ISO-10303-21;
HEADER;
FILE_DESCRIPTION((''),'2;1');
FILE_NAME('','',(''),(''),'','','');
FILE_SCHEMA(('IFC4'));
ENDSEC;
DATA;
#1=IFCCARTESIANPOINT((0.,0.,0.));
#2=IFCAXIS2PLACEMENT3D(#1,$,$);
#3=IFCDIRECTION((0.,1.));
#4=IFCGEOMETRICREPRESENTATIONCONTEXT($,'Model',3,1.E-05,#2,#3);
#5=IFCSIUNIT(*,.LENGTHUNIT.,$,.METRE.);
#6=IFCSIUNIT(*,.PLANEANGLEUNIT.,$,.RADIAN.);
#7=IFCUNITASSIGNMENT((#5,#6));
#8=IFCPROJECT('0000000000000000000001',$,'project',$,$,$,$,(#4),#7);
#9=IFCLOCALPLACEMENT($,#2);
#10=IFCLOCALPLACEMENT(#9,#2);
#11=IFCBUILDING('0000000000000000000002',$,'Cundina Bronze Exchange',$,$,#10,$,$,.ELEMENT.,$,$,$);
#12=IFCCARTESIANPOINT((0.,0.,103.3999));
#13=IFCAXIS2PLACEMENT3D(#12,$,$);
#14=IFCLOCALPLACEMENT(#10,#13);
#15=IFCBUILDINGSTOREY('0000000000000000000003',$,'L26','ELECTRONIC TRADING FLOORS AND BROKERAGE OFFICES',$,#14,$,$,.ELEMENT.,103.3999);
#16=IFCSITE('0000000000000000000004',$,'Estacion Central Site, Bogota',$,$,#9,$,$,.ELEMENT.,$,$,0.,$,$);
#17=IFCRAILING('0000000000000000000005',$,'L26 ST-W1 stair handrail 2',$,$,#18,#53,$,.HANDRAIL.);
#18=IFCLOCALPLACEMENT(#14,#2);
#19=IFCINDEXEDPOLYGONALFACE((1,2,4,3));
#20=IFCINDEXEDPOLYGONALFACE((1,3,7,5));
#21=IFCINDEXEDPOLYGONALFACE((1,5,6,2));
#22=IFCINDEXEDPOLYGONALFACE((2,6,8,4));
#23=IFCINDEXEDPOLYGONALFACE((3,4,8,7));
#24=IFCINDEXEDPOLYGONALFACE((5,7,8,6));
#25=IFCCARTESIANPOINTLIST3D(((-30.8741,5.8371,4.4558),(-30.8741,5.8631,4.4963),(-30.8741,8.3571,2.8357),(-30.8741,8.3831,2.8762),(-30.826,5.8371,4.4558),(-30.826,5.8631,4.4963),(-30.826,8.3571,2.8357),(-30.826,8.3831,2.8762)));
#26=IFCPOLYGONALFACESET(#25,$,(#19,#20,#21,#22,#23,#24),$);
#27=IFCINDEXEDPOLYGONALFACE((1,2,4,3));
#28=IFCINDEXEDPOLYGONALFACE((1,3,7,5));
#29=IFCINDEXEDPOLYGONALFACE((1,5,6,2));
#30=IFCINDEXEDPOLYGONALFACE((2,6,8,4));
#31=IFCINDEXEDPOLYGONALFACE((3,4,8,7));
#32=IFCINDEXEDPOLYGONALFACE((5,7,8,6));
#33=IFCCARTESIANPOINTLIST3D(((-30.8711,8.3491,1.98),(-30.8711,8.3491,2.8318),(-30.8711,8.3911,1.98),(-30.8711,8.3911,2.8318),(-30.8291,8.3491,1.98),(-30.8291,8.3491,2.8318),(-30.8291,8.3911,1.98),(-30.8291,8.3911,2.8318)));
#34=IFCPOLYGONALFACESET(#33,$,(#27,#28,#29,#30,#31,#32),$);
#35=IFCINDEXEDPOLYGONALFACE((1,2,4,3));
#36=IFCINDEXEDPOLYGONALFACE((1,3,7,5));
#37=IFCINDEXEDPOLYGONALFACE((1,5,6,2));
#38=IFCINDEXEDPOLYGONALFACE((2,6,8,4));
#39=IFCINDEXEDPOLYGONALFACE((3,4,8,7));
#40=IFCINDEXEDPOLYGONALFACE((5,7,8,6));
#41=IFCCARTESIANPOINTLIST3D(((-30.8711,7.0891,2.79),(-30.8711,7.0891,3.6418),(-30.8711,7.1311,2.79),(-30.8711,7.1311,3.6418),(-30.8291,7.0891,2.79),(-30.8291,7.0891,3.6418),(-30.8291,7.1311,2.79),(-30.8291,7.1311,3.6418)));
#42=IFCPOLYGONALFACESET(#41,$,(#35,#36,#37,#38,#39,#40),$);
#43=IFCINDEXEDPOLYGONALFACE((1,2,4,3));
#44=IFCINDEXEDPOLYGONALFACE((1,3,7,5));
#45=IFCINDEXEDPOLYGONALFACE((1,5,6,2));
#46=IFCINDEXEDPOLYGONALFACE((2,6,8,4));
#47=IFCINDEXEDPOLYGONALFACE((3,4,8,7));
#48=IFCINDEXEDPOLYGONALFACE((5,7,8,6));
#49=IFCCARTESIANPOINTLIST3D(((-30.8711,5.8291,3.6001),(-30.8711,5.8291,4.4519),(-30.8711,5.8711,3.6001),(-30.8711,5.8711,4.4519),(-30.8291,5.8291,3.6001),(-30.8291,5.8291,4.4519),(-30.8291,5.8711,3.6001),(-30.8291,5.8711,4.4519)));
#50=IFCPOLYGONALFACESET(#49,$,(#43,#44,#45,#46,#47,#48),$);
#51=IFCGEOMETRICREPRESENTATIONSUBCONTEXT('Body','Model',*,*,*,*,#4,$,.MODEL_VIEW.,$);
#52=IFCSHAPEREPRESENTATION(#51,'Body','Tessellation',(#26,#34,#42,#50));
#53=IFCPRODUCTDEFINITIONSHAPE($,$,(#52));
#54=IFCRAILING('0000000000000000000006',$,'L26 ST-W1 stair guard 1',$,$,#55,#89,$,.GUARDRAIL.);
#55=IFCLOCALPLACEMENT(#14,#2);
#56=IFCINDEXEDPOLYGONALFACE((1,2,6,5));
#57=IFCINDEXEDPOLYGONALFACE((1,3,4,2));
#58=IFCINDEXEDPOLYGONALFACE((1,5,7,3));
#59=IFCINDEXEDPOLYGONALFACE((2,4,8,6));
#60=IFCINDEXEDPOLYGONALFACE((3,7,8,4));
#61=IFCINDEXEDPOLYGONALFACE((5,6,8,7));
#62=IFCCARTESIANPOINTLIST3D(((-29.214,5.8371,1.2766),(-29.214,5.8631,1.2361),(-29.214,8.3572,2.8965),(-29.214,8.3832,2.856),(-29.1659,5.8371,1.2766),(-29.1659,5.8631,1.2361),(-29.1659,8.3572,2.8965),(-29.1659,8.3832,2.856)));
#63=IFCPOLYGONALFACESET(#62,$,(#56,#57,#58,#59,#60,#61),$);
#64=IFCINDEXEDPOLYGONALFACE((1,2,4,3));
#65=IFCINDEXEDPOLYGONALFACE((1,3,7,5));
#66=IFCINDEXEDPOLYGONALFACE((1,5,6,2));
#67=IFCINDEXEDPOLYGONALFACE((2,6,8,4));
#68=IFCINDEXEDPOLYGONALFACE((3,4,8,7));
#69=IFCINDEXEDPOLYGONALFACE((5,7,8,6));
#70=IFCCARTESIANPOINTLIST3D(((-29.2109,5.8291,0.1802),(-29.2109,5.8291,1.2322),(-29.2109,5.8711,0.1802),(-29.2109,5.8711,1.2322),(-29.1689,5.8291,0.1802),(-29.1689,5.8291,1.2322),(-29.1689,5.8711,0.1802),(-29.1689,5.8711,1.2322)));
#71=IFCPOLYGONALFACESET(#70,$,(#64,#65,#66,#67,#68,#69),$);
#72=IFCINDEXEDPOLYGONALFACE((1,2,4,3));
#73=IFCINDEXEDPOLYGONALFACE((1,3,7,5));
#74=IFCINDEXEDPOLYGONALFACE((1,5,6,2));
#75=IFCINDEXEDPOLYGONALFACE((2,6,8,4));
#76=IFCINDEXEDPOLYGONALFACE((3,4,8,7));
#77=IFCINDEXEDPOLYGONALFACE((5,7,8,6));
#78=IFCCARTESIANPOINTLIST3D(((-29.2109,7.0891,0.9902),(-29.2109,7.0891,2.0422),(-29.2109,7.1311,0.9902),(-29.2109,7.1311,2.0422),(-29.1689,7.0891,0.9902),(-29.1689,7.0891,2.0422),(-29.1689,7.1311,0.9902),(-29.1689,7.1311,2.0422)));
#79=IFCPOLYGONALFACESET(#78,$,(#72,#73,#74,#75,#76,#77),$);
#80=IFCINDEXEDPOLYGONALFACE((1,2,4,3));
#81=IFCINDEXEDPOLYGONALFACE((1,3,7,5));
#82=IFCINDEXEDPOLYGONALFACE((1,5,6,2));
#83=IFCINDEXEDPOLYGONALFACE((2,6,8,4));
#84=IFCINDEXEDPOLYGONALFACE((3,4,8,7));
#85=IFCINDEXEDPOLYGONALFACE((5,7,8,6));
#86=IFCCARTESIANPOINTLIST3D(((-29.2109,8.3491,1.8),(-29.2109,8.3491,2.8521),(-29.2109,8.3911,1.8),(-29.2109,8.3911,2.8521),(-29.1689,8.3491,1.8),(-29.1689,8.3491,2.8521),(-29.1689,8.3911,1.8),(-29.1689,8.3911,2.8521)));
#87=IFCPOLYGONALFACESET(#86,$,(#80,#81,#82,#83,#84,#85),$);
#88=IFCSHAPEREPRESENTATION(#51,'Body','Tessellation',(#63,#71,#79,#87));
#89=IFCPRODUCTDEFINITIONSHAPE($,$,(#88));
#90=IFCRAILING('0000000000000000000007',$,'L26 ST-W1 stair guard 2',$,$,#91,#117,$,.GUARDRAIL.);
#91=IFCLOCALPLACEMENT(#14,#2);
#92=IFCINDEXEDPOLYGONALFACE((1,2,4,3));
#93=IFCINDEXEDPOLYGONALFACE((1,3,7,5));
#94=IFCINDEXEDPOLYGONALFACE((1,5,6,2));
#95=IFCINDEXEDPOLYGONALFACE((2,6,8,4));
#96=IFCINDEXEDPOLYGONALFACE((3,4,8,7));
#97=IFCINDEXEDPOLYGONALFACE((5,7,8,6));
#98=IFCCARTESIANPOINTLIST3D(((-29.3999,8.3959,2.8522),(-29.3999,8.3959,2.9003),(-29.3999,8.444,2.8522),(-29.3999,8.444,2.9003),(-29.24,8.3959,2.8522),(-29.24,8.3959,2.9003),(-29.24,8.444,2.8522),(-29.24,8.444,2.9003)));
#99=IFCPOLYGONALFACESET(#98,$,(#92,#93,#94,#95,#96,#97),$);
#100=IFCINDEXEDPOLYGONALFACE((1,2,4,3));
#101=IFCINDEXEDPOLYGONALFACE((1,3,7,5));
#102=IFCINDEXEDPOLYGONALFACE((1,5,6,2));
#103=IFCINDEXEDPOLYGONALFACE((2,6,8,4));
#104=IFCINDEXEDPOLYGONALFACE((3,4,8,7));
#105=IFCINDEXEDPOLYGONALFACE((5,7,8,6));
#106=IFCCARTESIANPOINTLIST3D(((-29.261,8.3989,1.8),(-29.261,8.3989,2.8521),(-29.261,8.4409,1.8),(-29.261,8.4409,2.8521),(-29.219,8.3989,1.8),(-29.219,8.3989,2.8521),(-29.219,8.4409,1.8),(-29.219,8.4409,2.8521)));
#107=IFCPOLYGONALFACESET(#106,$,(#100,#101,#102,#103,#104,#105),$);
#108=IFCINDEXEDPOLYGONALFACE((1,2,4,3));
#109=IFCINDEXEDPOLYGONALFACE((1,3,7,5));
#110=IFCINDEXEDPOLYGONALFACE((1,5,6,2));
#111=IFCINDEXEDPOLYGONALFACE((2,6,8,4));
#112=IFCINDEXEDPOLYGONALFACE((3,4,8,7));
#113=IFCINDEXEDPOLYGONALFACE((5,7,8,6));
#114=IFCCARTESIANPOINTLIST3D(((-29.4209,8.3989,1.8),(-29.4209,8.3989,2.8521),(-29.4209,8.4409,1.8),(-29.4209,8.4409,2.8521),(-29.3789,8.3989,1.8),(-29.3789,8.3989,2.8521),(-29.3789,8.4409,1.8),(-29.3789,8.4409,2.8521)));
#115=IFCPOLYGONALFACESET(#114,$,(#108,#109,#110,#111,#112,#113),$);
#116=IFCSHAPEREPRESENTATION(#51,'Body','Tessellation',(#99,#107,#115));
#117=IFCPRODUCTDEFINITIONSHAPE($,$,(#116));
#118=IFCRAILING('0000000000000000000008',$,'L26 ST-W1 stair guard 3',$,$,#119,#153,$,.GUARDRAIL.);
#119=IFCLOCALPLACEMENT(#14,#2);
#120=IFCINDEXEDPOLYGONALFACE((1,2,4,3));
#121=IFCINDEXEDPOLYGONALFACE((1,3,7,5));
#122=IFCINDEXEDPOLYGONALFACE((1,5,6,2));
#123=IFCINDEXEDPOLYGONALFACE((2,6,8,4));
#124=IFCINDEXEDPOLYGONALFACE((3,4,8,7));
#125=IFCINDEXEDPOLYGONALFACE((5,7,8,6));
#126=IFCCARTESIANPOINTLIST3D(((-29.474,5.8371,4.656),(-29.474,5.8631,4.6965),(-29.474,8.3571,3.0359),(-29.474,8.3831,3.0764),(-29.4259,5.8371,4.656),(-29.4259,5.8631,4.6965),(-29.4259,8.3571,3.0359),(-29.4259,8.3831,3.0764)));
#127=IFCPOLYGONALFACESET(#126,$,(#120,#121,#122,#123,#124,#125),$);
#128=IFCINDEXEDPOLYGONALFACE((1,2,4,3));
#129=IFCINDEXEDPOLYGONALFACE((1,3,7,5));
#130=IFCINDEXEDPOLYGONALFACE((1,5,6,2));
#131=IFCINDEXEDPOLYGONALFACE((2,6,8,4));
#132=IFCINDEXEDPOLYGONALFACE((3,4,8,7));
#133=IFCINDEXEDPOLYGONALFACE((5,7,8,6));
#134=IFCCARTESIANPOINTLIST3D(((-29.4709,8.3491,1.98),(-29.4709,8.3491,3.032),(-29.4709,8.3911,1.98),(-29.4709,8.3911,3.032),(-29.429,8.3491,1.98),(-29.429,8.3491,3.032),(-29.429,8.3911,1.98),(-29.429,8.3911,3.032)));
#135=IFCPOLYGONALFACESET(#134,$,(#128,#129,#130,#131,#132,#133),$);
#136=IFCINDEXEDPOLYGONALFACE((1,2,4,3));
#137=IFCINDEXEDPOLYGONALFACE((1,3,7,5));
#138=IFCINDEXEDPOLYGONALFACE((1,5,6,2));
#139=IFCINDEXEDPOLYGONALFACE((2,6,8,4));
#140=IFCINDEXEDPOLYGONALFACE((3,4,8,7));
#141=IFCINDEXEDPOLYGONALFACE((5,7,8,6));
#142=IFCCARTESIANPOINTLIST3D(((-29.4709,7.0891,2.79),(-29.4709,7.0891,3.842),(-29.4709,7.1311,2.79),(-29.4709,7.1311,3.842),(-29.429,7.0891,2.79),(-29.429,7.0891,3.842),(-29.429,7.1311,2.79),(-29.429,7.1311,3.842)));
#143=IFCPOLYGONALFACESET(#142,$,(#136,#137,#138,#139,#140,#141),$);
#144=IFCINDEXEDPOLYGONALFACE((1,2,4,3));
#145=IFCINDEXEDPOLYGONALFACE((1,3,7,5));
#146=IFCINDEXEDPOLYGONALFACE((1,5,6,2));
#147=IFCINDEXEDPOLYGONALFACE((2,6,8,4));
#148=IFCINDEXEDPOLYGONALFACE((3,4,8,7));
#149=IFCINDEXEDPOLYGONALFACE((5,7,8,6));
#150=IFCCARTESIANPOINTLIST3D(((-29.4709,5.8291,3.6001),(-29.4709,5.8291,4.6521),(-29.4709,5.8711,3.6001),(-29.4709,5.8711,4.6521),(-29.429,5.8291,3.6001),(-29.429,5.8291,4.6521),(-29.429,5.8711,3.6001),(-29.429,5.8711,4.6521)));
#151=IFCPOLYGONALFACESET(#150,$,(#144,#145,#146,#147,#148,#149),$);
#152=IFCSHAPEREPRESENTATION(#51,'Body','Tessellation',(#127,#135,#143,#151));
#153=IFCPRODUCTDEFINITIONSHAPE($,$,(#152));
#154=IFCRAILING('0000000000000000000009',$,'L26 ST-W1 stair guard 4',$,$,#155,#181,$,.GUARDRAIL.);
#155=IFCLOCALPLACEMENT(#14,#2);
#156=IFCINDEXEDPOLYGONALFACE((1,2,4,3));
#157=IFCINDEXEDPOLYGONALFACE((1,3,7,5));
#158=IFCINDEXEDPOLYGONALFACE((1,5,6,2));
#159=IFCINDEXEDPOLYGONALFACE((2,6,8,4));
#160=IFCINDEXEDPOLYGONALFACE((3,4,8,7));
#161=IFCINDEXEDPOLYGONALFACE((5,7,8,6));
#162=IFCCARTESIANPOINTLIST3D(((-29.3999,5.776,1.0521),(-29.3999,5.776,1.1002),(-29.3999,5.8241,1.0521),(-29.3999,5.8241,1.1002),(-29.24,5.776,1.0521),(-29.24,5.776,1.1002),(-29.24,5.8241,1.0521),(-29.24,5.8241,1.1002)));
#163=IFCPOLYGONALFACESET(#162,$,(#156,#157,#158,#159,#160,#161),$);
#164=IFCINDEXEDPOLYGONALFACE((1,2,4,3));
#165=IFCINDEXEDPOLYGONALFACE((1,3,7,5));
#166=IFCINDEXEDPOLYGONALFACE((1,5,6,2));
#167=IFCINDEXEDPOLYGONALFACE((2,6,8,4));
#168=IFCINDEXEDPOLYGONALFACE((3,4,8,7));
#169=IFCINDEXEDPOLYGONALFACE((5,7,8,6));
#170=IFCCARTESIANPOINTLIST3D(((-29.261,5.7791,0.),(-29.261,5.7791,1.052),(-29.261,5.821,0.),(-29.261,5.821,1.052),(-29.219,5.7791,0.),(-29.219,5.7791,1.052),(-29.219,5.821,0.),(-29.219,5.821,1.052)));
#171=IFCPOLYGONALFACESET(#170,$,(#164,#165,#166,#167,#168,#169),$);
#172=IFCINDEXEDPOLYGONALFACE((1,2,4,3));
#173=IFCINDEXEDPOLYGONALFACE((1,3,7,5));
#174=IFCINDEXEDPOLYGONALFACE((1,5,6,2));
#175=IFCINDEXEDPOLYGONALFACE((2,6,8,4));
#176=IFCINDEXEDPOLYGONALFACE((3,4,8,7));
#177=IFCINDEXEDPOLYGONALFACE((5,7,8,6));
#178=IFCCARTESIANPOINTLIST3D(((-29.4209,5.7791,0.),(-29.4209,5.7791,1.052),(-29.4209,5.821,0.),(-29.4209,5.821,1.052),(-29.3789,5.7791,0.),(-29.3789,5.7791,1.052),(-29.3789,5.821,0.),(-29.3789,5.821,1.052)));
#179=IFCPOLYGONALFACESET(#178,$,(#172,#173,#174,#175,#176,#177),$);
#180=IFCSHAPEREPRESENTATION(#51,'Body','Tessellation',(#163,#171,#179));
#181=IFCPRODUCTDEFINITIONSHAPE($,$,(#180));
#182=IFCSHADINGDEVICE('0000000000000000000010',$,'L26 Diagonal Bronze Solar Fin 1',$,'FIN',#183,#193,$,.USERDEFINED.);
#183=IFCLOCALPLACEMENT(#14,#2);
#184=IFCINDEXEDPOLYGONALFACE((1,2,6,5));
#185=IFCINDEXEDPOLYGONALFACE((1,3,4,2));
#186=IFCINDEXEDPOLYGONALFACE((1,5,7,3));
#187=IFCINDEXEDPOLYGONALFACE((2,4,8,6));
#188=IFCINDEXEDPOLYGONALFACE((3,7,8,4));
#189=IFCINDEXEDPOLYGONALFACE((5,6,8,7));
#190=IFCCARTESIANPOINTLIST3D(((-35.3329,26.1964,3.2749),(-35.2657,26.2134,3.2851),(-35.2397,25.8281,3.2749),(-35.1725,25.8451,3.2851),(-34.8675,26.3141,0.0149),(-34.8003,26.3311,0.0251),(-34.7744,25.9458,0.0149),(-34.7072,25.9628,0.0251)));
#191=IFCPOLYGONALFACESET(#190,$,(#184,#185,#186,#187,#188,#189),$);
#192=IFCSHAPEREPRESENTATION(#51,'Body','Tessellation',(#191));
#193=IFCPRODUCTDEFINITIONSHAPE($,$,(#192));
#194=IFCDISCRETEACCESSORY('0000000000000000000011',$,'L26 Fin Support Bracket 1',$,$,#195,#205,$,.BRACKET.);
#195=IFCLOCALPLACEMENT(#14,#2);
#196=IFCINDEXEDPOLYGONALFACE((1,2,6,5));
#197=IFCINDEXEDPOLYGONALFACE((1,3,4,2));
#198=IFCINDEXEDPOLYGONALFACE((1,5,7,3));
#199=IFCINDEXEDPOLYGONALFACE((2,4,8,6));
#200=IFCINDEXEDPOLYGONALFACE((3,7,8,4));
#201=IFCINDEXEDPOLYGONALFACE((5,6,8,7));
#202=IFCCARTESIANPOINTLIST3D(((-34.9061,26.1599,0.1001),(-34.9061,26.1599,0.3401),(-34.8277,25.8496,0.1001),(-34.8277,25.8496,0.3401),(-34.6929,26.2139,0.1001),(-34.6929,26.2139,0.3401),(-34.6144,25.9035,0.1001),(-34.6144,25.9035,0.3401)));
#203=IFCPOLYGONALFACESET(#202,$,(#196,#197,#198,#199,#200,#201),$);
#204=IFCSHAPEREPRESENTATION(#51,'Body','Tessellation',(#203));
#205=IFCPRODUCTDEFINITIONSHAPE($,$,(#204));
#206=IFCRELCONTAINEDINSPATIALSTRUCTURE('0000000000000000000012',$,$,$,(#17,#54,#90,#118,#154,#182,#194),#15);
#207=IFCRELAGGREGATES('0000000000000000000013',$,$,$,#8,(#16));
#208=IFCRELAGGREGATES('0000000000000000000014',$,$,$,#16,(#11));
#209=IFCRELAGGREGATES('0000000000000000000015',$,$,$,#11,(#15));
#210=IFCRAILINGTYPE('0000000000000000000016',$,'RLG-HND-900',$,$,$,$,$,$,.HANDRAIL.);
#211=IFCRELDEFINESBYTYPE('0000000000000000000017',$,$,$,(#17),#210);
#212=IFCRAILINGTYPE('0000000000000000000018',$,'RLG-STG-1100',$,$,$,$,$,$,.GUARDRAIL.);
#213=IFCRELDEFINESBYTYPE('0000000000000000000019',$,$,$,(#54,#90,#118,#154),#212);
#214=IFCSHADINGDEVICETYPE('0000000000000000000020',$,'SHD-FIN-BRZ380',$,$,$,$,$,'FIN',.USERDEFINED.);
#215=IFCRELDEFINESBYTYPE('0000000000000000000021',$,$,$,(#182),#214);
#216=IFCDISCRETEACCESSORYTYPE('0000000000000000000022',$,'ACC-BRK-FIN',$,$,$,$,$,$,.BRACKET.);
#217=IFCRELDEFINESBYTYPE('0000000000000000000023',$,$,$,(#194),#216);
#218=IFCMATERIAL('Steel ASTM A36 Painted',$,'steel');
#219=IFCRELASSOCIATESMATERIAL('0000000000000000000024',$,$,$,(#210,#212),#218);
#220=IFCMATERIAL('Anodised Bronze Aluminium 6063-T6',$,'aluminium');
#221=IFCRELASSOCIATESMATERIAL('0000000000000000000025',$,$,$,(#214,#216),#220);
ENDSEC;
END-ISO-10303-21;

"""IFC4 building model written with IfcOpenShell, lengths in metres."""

from ifc_helpers import new_model, si_unit, direction, frame, origin, origin_2d, place, context, subcontext, project, spatial, rectangle, extrude, material, material_profile, profile_set, type_object, element, save


model = new_model("IFC4")

# Units and contexts
model_context = context("Model", 3, precision=1e-05, world=origin(), true_north=direction((0.0, 1.0)))
body_context = subcontext(model_context, "Body", "Model", "MODEL_VIEW")
ifc_project = project(units=[si_unit("LENGTHUNIT", "METRE"), si_unit("PLANEANGLEUNIT", "RADIAN")], contexts=[model_context])

# Site, building, storey
site_placement = place(None, origin())
site = spatial("IfcSite", under=ifc_project, at=site_placement, Name="Estacion Central Site, Bogota", CompositionType="ELEMENT", RefElevation=0.0)
building_placement = place(site_placement, origin())
building = spatial("IfcBuilding", under=site, at=building_placement, Name="Cundina Bronze Exchange", CompositionType="ELEMENT")
storey_placement = place(building_placement, frame((0.0, 0.0, 103.3999)))
storey = spatial("IfcBuildingStorey", under=building, at=storey_placement, Name="L26", Description="ELECTRONIC TRADING FLOORS AND BROKERAGE OFFICES", CompositionType="ELEMENT", Elevation=103.3999)

# Shared definitions
ifc_material_1 = material(Name="Anodised Bronze Aluminium 6063-T6", Category="aluminium")

# Shared definitions
ifc_material_2 = material(Name="Steel ASTM A36 Painted", Category="steel")

# Railings
railing_type_1 = type_object("IfcRailingType", Name="RLG-HND-900", PredefinedType="HANDRAIL", material=ifc_material_2)
railing_1_placement = place(storey_placement, frame((-30.8501, 8.3701, 1.98)))
element("IfcRailing", 1, at=railing_1_placement, inside=storey, type_object=railing_type_1, Name="L26 ST-W1 stair handrail 2", PredefinedType="HANDRAIL", context=body_context, shape_type="SweptSolid", body=[
    extrude(rectangle(XDim=0.0481, YDim=0.0481, at=origin_2d()), frame((0.0, 0.0, 0.876), z_axis=(0.0, -0.841163, 0.540782), x_axis=(1.0, 0.0, 0.0)), (0.0, 0.0, 1.0), 2.9958),
    extrude(rectangle(XDim=0.042, YDim=0.042, at=origin_2d()), origin(), (0.0, 0.0, 1.0), 0.8518),
    extrude(rectangle(XDim=0.042, YDim=0.042, at=origin_2d()), frame((0.0, -1.26, 0.8101)), (0.0, 0.0, 1.0), 0.8518),
    extrude(rectangle(XDim=0.042, YDim=0.042, at=origin_2d()), frame((0.0, -2.52, 1.6201)), (0.0, 0.0, 1.0), 0.8518),
])
railing_type_2 = type_object("IfcRailingType", Name="RLG-STG-1100", PredefinedType="GUARDRAIL", material=ifc_material_2)
railing_2_placement = place(storey_placement, frame((-29.1899, 5.8501, 0.1802)))
element("IfcRailing", 2, at=railing_2_placement, inside=storey, type_object=railing_type_2, Name="L26 ST-W1 stair guard 1", PredefinedType="GUARDRAIL", context=body_context, shape_type="SweptSolid", body=[
    extrude(rectangle(XDim=0.0481, YDim=0.0481, at=origin_2d()), frame((0.0, 0.0, 1.0762), z_axis=(0.0, 0.8412, 0.540725), x_axis=(-1.0, 0.0, 0.0)), (0.0, 0.0, 1.0), 2.9958),
    extrude(rectangle(XDim=0.042, YDim=0.042, at=origin_2d()), origin(), (0.0, 0.0, 1.0), 1.052),
    extrude(rectangle(XDim=0.042, YDim=0.042, at=origin_2d()), frame((0.0, 1.26, 0.8101)), (0.0, 0.0, 1.0), 1.052),
    extrude(rectangle(XDim=0.042, YDim=0.042, at=origin_2d()), frame((0.0, 2.52, 1.6199)), (0.0, 0.0, 1.0), 1.052),
])
railing_3_placement = place(storey_placement, frame((-29.24, 8.4199, 1.8)))
element("IfcRailing", 3, at=railing_3_placement, inside=storey, type_object=railing_type_2, Name="L26 ST-W1 stair guard 2", PredefinedType="GUARDRAIL", context=body_context, shape_type="SweptSolid", body=[
    extrude(rectangle(XDim=0.0481, YDim=0.0481, at=origin_2d()), frame((0.0, 0.0, 1.0762), z_axis=(-1.0, 0.0, 0.0), x_axis=(0.0, -1.0, 0.0)), (0.0, 0.0, 1.0), 0.1599),
    extrude(rectangle(XDim=0.042, YDim=0.042, at=origin_2d()), origin(), (0.0, 0.0, 1.0), 1.052),
    extrude(rectangle(XDim=0.042, YDim=0.042, at=origin_2d()), frame((-0.1599, 0.0, 0.0)), (0.0, 0.0, 1.0), 1.052),
])
railing_4_placement = place(storey_placement, frame((-29.45, 8.3701, 1.98)))
element("IfcRailing", 4, at=railing_4_placement, inside=storey, type_object=railing_type_2, Name="L26 ST-W1 stair guard 3", PredefinedType="GUARDRAIL", context=body_context, shape_type="SweptSolid", body=[
    extrude(rectangle(XDim=0.0481, YDim=0.0481, at=origin_2d()), frame((0.0, 0.0, 1.0762), z_axis=(0.0, -0.841163, 0.540782), x_axis=(1.0, 0.0, 0.0)), (0.0, 0.0, 1.0), 2.9958),
    extrude(rectangle(XDim=0.042, YDim=0.042, at=origin_2d()), origin(), (0.0, 0.0, 1.0), 1.052),
    extrude(rectangle(XDim=0.042, YDim=0.042, at=origin_2d()), frame((0.0, -1.26, 0.8101)), (0.0, 0.0, 1.0), 1.052),
    extrude(rectangle(XDim=0.042, YDim=0.042, at=origin_2d()), frame((0.0, -2.52, 1.6201)), (0.0, 0.0, 1.0), 1.052),
])
railing_5_placement = place(storey_placement, frame((-29.24, 5.8, 0.0)))
element("IfcRailing", 5, at=railing_5_placement, inside=storey, type_object=railing_type_2, Name="L26 ST-W1 stair guard 4", PredefinedType="GUARDRAIL", context=body_context, shape_type="SweptSolid", body=[
    extrude(rectangle(XDim=0.0481, YDim=0.0481, at=origin_2d()), frame((0.0, 0.0, 1.0762), z_axis=(-1.0, 0.0, 0.0), x_axis=(0.0, -1.0, 0.0)), (0.0, 0.0, 1.0), 0.1599),
    extrude(rectangle(XDim=0.042, YDim=0.042, at=origin_2d()), origin(), (0.0, 0.0, 1.0), 1.052),
    extrude(rectangle(XDim=0.042, YDim=0.042, at=origin_2d()), frame((-0.1599, 0.0, 0.0)), (0.0, 0.0, 1.0), 1.052),
])

# Shading device
ifc_material_profile_1 = material_profile(ifc_material_1, rectangle(XDim=0.0701, YDim=0.3799, at=origin_2d()), Name="FIN70X380", Category="aluminium")
ifc_profile_set_1 = profile_set([ifc_material_profile_1], Name="Anodised Bronze Aluminium 6063-T6")
shading_device_type = type_object("IfcShadingDeviceType", Name="SHD-FIN-BRZ380", ElementType="FIN", PredefinedType="USERDEFINED", material=ifc_profile_set_1)
shading_device_placement = place(storey_placement, frame((-34.7874, 26.1384, 0.02), z_axis=(-0.141217, -0.035712, 0.989334), x_axis=(0.959141, 0.242553, 0.145663)))
element("IfcShadingDevice", 6, at=shading_device_placement, inside=storey, type_object=shading_device_type, Name="L26 Diagonal Bronze Solar Fin 1", ObjectType="FIN", PredefinedType="USERDEFINED", context=body_context, shape_type="SweptSolid", body=[
    extrude(rectangle(XDim=0.0701, YDim=0.3799, at=origin_2d()), origin(), (0.0, 0.0, 1.0), 3.2952),
])

# Discrete accessory
discrete_accessory_type = type_object("IfcDiscreteAccessoryType", Name="ACC-BRK-FIN", PredefinedType="BRACKET", material=ifc_material_1)
discrete_accessory_placement = place(storey_placement, frame((-34.7603, 26.0317, 0.1001), z_axis=(0.0, 0.0, 1.0), x_axis=(-0.969488, -0.245138, 0.0)))
element("IfcDiscreteAccessory", 7, at=discrete_accessory_placement, inside=storey, type_object=discrete_accessory_type, Name="L26 Fin Support Bracket 1", PredefinedType="BRACKET", context=body_context, shape_type="SweptSolid", body=[
    extrude(rectangle(XDim=0.22, YDim=0.3201, at=origin_2d()), origin(), (0.0, 0.0, 1.0), 0.24),
])

save(model, "model.ifc")
